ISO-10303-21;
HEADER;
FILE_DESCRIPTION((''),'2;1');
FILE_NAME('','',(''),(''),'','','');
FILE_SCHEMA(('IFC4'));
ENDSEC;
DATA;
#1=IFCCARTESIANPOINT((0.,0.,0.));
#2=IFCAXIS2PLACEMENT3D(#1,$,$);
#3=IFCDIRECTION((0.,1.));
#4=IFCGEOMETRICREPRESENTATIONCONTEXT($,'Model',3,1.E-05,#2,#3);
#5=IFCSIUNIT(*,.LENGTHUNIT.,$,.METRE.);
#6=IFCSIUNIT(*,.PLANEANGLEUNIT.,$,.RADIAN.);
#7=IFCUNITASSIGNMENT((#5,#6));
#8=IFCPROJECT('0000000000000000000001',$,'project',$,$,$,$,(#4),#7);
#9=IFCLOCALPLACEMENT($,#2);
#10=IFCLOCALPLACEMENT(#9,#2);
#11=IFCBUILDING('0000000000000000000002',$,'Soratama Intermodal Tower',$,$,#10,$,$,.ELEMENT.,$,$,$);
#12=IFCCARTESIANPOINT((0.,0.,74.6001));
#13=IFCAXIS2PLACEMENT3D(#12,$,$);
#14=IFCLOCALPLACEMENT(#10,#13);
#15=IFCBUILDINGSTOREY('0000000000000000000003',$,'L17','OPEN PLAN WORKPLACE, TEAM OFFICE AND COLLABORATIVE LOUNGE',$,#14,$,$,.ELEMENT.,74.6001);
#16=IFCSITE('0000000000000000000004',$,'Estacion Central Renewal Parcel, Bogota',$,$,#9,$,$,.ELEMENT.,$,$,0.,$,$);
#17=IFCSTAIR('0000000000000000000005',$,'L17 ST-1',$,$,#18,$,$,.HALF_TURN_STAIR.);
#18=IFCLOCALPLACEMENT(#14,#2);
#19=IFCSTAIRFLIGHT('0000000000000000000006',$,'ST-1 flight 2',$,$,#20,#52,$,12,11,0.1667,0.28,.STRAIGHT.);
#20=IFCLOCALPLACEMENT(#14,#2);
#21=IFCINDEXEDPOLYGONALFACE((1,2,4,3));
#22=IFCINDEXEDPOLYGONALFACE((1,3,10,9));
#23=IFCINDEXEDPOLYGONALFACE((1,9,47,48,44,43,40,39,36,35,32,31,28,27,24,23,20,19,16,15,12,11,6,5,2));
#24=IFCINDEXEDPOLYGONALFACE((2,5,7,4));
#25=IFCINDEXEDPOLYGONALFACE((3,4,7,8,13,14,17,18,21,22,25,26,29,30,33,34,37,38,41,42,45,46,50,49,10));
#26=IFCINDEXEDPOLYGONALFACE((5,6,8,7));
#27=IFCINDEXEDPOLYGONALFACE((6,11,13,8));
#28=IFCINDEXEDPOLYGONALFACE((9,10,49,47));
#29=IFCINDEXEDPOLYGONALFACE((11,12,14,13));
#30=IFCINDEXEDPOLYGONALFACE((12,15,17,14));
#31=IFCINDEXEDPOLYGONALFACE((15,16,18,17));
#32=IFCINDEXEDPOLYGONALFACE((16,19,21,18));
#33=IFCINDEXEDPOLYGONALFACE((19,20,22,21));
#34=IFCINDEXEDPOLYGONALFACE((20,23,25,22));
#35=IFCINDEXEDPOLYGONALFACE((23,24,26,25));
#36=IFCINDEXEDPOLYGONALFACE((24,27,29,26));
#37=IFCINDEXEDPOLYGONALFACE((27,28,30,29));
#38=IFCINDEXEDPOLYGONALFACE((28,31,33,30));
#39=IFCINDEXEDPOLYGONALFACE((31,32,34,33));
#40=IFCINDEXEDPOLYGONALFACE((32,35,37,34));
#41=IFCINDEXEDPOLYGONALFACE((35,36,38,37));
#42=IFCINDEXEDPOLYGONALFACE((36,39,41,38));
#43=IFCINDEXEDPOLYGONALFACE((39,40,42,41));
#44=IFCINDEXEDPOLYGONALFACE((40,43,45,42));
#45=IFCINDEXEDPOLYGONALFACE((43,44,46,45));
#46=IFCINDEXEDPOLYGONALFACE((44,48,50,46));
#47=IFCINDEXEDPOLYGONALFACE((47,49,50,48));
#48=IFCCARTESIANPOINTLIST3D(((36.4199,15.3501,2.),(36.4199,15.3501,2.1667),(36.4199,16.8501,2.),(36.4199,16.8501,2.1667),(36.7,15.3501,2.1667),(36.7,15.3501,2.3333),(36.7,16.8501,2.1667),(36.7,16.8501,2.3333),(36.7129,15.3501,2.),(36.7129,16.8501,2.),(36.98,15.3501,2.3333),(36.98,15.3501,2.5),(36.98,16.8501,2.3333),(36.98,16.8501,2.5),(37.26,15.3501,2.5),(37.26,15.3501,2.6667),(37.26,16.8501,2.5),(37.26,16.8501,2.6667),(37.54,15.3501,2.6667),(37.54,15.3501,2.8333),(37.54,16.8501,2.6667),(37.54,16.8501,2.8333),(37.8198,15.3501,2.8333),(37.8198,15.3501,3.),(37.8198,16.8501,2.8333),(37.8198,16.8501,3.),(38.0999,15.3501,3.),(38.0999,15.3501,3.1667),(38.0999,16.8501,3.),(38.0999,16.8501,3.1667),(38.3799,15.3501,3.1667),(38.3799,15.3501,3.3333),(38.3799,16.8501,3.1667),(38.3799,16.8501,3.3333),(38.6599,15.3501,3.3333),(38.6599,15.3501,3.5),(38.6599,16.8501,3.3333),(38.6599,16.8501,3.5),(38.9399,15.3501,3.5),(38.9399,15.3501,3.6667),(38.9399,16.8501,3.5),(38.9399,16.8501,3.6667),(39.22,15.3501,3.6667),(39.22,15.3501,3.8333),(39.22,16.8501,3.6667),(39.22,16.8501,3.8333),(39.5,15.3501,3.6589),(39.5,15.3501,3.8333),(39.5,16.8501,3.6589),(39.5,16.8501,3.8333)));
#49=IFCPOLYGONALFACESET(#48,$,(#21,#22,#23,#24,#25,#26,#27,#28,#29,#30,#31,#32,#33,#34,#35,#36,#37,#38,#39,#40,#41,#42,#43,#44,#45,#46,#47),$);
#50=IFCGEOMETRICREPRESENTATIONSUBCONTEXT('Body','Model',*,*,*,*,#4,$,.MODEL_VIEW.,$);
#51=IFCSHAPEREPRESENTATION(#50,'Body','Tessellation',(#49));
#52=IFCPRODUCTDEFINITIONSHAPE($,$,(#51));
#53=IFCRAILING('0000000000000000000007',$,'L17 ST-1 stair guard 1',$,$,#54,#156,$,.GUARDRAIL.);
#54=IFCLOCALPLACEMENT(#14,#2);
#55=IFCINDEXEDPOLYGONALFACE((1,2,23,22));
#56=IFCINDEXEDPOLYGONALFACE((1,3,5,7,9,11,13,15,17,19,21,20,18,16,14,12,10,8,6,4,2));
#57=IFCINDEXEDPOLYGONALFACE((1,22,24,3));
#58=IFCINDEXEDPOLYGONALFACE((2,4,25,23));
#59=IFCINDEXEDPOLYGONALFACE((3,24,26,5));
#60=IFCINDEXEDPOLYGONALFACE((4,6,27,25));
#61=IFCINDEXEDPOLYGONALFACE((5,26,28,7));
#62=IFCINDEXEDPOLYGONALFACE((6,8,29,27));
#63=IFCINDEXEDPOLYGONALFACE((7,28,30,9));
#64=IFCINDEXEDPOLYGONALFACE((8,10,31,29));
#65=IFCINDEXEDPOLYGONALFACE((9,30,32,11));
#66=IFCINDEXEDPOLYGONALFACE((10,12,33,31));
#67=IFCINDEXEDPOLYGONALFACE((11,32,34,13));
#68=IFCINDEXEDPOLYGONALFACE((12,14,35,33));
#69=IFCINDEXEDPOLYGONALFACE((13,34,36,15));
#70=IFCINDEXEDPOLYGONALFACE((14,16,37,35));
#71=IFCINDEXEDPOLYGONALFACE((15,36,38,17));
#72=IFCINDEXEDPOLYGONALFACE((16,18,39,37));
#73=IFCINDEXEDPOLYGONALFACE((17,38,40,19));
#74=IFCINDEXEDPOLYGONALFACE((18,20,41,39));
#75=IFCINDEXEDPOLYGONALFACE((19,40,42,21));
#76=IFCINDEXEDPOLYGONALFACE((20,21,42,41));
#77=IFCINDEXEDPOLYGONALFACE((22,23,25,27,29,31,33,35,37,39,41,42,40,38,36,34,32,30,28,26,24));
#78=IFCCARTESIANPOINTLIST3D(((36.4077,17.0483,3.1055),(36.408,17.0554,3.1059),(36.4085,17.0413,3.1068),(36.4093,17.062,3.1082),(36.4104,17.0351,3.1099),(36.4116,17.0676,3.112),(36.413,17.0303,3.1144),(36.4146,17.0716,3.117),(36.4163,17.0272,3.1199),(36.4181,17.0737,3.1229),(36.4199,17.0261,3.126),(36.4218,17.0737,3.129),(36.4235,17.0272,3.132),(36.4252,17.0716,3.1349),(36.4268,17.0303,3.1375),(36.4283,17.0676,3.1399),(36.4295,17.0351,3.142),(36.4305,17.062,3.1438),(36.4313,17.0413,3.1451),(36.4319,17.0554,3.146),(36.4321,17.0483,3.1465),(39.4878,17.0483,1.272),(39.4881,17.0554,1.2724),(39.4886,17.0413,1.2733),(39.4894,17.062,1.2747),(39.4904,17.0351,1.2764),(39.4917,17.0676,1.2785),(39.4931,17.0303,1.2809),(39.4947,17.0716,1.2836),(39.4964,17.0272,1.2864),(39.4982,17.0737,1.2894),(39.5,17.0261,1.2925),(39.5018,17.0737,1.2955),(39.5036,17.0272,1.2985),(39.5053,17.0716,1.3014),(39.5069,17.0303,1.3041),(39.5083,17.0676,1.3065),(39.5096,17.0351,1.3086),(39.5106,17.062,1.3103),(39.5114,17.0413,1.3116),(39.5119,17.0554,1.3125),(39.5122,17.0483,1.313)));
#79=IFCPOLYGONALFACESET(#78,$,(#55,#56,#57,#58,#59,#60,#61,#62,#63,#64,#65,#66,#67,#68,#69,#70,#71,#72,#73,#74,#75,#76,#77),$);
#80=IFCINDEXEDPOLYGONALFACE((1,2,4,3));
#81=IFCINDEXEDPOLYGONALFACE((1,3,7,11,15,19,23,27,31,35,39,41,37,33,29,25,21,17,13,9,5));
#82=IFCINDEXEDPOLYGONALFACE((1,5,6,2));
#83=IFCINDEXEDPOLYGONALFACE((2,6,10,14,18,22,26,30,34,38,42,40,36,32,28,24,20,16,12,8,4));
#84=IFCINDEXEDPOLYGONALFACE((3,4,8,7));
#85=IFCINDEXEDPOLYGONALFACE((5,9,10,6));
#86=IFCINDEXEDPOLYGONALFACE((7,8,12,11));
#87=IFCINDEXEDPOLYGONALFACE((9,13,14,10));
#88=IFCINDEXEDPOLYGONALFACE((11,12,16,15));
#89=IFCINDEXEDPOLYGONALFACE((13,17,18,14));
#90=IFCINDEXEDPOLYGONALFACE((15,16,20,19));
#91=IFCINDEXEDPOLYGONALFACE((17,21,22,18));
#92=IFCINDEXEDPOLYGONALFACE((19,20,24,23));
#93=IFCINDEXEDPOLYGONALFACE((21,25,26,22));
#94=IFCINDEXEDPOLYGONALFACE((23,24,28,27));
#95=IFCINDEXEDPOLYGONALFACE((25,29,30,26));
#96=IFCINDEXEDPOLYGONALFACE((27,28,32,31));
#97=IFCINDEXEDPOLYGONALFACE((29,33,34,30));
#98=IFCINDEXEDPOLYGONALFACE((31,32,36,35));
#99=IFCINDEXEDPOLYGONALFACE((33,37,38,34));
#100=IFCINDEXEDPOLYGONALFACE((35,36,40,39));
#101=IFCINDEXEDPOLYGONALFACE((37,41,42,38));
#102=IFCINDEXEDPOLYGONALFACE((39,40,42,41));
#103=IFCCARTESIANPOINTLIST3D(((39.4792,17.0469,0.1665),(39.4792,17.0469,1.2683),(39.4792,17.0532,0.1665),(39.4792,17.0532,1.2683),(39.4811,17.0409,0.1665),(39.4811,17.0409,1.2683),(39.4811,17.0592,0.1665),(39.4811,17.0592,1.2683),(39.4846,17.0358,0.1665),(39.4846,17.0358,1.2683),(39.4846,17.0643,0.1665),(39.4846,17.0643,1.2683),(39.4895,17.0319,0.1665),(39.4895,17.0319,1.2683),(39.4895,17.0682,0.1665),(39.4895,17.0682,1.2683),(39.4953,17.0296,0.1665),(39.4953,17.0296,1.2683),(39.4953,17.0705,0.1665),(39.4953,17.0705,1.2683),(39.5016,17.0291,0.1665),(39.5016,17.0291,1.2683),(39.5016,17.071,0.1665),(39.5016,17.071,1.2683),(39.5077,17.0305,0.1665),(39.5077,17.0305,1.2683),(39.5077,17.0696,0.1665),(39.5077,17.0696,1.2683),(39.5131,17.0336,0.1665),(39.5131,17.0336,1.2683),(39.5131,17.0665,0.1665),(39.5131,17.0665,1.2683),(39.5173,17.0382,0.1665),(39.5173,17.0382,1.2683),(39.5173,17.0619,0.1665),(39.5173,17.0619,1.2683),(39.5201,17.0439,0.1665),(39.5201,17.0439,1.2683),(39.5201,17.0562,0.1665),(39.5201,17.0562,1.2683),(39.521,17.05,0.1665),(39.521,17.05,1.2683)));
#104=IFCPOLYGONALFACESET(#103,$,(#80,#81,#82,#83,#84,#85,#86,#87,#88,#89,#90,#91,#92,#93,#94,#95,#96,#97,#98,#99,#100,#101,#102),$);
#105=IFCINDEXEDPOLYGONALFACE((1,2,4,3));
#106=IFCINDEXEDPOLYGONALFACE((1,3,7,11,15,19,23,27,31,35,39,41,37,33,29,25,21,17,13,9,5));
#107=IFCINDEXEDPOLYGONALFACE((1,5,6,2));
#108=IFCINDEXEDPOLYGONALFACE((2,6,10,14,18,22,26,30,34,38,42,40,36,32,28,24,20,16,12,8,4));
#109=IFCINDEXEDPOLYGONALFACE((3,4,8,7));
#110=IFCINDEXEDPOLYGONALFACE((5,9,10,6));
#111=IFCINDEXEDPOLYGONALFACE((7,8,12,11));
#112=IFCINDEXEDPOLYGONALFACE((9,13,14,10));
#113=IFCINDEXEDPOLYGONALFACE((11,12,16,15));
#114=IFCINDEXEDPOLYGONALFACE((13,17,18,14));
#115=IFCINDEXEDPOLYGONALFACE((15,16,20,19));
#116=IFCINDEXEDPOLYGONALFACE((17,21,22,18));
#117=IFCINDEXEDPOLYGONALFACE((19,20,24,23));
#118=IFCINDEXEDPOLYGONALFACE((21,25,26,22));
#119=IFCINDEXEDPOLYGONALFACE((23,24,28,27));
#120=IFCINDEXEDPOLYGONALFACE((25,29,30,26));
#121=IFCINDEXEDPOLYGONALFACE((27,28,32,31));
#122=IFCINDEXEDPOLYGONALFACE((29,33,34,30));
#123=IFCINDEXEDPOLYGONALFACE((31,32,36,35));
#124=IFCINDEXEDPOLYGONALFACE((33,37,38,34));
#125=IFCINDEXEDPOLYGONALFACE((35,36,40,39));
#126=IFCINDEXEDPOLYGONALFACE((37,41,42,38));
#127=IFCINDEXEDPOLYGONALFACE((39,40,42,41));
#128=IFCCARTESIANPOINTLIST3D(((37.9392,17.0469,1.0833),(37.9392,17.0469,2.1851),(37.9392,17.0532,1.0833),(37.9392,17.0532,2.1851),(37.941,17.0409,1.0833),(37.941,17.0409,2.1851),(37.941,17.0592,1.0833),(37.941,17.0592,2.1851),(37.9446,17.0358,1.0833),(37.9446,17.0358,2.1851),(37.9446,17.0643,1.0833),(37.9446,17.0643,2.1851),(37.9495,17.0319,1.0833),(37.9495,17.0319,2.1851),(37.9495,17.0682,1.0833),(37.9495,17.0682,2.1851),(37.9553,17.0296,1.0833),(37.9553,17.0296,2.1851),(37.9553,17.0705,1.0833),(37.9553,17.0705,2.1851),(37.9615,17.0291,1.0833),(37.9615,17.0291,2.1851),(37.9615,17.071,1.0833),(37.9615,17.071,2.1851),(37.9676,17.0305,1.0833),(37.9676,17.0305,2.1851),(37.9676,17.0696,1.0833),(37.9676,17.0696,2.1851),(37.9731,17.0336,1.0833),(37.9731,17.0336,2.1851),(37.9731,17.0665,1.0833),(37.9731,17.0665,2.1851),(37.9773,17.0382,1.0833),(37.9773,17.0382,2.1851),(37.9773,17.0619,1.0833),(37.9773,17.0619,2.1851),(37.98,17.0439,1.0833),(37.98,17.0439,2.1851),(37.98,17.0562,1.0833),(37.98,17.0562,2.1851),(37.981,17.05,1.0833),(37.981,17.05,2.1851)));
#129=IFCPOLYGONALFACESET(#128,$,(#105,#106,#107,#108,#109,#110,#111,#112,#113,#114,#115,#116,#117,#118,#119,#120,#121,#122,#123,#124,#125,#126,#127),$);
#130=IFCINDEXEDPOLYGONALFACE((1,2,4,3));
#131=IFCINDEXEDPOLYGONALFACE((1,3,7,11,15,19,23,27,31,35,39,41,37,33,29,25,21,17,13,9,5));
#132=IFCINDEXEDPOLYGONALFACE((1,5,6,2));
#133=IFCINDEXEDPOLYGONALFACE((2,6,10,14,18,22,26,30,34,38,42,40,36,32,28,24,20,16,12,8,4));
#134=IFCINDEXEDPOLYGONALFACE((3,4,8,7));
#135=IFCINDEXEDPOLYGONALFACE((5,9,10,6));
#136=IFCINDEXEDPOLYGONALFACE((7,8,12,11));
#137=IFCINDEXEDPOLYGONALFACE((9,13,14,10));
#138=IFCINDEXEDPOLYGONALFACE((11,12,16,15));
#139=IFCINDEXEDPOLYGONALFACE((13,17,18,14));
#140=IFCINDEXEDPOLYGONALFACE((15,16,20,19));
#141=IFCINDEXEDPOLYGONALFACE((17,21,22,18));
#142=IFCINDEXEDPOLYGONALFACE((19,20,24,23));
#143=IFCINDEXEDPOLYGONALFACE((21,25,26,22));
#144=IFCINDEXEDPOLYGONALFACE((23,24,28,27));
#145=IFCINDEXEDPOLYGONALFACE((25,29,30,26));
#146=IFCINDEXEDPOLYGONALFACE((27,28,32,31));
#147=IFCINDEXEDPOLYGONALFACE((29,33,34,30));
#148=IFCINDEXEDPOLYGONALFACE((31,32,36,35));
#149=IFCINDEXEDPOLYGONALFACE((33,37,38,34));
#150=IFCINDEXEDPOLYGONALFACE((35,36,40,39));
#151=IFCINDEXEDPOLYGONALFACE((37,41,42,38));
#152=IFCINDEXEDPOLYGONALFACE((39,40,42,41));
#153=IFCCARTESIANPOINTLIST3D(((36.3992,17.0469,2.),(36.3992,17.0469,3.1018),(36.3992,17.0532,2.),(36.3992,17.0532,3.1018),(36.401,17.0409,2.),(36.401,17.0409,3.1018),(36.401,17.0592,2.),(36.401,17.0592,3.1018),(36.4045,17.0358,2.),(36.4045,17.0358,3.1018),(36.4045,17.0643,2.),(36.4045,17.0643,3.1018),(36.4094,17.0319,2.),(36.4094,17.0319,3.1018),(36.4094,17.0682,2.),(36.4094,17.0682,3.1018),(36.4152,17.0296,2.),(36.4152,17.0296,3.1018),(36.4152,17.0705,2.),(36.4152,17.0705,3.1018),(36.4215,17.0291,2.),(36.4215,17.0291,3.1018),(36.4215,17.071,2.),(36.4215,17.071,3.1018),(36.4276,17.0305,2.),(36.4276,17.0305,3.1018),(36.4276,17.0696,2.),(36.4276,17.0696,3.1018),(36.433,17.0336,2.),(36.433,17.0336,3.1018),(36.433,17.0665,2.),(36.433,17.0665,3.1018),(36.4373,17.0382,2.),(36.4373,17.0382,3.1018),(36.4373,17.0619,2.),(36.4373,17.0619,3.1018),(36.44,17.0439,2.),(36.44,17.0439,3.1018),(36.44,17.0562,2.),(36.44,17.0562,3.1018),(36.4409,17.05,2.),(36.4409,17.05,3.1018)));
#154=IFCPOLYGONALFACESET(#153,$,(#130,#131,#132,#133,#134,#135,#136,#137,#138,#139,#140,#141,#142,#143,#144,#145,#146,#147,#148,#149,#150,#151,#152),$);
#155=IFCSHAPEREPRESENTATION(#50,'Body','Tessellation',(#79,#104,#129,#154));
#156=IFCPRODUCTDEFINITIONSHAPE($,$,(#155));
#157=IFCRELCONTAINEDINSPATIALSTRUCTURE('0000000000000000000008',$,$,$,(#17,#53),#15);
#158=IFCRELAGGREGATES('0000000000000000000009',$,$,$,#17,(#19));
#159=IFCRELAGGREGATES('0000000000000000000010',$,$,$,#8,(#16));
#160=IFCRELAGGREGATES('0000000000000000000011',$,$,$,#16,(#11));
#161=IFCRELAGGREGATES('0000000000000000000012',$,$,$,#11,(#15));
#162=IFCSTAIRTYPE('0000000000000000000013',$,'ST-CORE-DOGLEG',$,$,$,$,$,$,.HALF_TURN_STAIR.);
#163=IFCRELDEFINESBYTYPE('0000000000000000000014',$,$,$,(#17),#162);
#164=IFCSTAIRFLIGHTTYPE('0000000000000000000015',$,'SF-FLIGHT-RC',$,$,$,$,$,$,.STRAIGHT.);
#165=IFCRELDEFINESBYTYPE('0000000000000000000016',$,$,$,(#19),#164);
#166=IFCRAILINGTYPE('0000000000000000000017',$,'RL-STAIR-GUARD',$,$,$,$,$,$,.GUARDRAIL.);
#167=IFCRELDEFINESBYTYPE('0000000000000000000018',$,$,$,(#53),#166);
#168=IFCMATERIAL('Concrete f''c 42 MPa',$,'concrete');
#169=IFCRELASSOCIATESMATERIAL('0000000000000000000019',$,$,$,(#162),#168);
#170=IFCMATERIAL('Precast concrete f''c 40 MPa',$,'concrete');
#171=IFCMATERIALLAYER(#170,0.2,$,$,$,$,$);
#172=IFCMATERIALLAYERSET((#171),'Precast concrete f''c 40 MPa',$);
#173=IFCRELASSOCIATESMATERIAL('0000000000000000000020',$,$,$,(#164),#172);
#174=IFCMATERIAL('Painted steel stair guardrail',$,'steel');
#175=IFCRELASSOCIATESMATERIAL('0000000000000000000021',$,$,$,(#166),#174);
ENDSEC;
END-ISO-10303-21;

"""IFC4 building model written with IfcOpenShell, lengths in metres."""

from ifc_helpers import new_model, si_unit, direction, frame, origin, origin_2d, place, context, subcontext, project, spatial, polyline, circle, outline, extrude, material, layer, layer_set, type_object, element, aggregate, save


model = new_model("IFC4")

# Units and contexts
model_context = context("Model", 3, precision=1e-05, world=origin(), true_north=direction((0.0, 1.0)))
body_context = subcontext(model_context, "Body", "Model", "MODEL_VIEW")
ifc_project = project(units=[si_unit("LENGTHUNIT", "METRE"), si_unit("PLANEANGLEUNIT", "RADIAN")], contexts=[model_context])

# Site, building, storey
site_placement = place(None, origin())
site = spatial("IfcSite", under=ifc_project, at=site_placement, Name="Estacion Central Renewal Parcel, Bogota", CompositionType="ELEMENT", RefElevation=0.0)
building_placement = place(site_placement, origin())
building = spatial("IfcBuilding", under=site, at=building_placement, Name="Soratama Intermodal Tower", CompositionType="ELEMENT")
storey_placement = place(building_placement, frame((0.0, 0.0, 74.6001)))
storey = spatial("IfcBuildingStorey", under=building, at=storey_placement, Name="L17", Description="OPEN PLAN WORKPLACE, TEAM OFFICE AND COLLABORATIVE LOUNGE", CompositionType="ELEMENT", Elevation=74.6001)

# Stair, stair flight
ifc_material_1 = material(Name="Concrete f'c 42 MPa", Category="concrete")
stair_type = type_object("IfcStairType", Name="ST-CORE-DOGLEG", PredefinedType="HALF_TURN_STAIR", material=ifc_material_1)
stair_placement = place(storey_placement, origin())
stair = element("IfcStair", 1, at=stair_placement, inside=storey, type_object=stair_type, Name="L17 ST-1", PredefinedType="HALF_TURN_STAIR")
ifc_material_2 = material(Name="Precast concrete f'c 40 MPa", Category="concrete")
ifc_layer_1 = layer(ifc_material_2, 0.2)
ifc_layer_set_1 = layer_set([ifc_layer_1], Name="Precast concrete f'c 40 MPa")
stair_flight_type = type_object("IfcStairFlightType", Name="SF-FLIGHT-RC", PredefinedType="STRAIGHT", material=ifc_layer_set_1)
stair_flight_1_placement = place(storey_placement, frame((36.4199, 16.1001, 2.0), z_axis=(0.0, 0.0, 1.0), x_axis=(1.0, 0.0, 0.0)))
stair_flight_1 = element("IfcStairFlight", 2, at=stair_flight_1_placement, type_object=stair_flight_type, Name="ST-1 flight 2", NumberOfRisers=12, NumberOfTreads=11, PredefinedType="STRAIGHT", RiserHeight=0.1667, TreadLength=0.28, context=body_context, shape_type="SweptSolid", body=[
    extrude(outline(polyline([(0.0, 0.0), (0.0, 0.1667), (0.28, 0.1667), (0.28, 0.3333), (0.5601, 0.3333), (0.5601, 0.5), (0.8401, 0.5), (0.8401, 0.6667), (1.1201, 0.6667), (1.1201, 0.8333), (1.3999, 0.8333), (1.3999, 1.0), (1.6799, 1.0), (1.6799, 1.1667), (1.96, 1.1667), (1.96, 1.3333), (2.24, 1.3333), (2.24, 1.5), (2.52, 1.5), (2.52, 1.6667), (2.8, 1.6667), (2.8, 1.8333), (3.0801, 1.8333), (3.0801, 2.0), (3.0801, 1.6589), (0.293, 0.0), (0.0, 0.0)])), frame((0.0, 0.75, 0.0), z_axis=(0.0, -1.0, 0.0), x_axis=(1.0, 0.0, 0.0)), (0.0, 0.0, 1.0), 1.5),
])
aggregate(stair, [stair_flight_1])

# Railing
ifc_material_3 = material(Name="Painted steel stair guardrail", Category="steel")
railing_type_1 = type_object("IfcRailingType", Name="RL-STAIR-GUARD", PredefinedType="GUARDRAIL", material=ifc_material_3)
railing_1_placement = place(storey_placement, frame((39.5, 17.05, 0.1665)))
element("IfcRailing", 3, at=railing_1_placement, inside=storey, type_object=railing_type_1, Name="L17 ST-1 stair guard 1", PredefinedType="GUARDRAIL", context=body_context, shape_type="SweptSolid", body=[
    extrude(circle(Radius=0.0239, at=origin_2d()), frame((0.0, 0.0, 1.126), z_axis=(-0.859279, 0.0, 0.511508), x_axis=(0.0, -1.0, 0.0)), (0.0, 0.0, 1.0), 3.5845),
    extrude(circle(Radius=0.021, at=origin_2d()), origin(), (0.0, 0.0, 1.0), 1.1018),
    extrude(circle(Radius=0.021, at=origin_2d()), frame((-1.54, 0.0, 0.9167)), (0.0, 0.0, 1.0), 1.1018),
    extrude(circle(Radius=0.021, at=origin_2d()), frame((-3.0801, 0.0, 1.8335)), (0.0, 0.0, 1.0), 1.1018),
])

save(model, "model.ifc")
